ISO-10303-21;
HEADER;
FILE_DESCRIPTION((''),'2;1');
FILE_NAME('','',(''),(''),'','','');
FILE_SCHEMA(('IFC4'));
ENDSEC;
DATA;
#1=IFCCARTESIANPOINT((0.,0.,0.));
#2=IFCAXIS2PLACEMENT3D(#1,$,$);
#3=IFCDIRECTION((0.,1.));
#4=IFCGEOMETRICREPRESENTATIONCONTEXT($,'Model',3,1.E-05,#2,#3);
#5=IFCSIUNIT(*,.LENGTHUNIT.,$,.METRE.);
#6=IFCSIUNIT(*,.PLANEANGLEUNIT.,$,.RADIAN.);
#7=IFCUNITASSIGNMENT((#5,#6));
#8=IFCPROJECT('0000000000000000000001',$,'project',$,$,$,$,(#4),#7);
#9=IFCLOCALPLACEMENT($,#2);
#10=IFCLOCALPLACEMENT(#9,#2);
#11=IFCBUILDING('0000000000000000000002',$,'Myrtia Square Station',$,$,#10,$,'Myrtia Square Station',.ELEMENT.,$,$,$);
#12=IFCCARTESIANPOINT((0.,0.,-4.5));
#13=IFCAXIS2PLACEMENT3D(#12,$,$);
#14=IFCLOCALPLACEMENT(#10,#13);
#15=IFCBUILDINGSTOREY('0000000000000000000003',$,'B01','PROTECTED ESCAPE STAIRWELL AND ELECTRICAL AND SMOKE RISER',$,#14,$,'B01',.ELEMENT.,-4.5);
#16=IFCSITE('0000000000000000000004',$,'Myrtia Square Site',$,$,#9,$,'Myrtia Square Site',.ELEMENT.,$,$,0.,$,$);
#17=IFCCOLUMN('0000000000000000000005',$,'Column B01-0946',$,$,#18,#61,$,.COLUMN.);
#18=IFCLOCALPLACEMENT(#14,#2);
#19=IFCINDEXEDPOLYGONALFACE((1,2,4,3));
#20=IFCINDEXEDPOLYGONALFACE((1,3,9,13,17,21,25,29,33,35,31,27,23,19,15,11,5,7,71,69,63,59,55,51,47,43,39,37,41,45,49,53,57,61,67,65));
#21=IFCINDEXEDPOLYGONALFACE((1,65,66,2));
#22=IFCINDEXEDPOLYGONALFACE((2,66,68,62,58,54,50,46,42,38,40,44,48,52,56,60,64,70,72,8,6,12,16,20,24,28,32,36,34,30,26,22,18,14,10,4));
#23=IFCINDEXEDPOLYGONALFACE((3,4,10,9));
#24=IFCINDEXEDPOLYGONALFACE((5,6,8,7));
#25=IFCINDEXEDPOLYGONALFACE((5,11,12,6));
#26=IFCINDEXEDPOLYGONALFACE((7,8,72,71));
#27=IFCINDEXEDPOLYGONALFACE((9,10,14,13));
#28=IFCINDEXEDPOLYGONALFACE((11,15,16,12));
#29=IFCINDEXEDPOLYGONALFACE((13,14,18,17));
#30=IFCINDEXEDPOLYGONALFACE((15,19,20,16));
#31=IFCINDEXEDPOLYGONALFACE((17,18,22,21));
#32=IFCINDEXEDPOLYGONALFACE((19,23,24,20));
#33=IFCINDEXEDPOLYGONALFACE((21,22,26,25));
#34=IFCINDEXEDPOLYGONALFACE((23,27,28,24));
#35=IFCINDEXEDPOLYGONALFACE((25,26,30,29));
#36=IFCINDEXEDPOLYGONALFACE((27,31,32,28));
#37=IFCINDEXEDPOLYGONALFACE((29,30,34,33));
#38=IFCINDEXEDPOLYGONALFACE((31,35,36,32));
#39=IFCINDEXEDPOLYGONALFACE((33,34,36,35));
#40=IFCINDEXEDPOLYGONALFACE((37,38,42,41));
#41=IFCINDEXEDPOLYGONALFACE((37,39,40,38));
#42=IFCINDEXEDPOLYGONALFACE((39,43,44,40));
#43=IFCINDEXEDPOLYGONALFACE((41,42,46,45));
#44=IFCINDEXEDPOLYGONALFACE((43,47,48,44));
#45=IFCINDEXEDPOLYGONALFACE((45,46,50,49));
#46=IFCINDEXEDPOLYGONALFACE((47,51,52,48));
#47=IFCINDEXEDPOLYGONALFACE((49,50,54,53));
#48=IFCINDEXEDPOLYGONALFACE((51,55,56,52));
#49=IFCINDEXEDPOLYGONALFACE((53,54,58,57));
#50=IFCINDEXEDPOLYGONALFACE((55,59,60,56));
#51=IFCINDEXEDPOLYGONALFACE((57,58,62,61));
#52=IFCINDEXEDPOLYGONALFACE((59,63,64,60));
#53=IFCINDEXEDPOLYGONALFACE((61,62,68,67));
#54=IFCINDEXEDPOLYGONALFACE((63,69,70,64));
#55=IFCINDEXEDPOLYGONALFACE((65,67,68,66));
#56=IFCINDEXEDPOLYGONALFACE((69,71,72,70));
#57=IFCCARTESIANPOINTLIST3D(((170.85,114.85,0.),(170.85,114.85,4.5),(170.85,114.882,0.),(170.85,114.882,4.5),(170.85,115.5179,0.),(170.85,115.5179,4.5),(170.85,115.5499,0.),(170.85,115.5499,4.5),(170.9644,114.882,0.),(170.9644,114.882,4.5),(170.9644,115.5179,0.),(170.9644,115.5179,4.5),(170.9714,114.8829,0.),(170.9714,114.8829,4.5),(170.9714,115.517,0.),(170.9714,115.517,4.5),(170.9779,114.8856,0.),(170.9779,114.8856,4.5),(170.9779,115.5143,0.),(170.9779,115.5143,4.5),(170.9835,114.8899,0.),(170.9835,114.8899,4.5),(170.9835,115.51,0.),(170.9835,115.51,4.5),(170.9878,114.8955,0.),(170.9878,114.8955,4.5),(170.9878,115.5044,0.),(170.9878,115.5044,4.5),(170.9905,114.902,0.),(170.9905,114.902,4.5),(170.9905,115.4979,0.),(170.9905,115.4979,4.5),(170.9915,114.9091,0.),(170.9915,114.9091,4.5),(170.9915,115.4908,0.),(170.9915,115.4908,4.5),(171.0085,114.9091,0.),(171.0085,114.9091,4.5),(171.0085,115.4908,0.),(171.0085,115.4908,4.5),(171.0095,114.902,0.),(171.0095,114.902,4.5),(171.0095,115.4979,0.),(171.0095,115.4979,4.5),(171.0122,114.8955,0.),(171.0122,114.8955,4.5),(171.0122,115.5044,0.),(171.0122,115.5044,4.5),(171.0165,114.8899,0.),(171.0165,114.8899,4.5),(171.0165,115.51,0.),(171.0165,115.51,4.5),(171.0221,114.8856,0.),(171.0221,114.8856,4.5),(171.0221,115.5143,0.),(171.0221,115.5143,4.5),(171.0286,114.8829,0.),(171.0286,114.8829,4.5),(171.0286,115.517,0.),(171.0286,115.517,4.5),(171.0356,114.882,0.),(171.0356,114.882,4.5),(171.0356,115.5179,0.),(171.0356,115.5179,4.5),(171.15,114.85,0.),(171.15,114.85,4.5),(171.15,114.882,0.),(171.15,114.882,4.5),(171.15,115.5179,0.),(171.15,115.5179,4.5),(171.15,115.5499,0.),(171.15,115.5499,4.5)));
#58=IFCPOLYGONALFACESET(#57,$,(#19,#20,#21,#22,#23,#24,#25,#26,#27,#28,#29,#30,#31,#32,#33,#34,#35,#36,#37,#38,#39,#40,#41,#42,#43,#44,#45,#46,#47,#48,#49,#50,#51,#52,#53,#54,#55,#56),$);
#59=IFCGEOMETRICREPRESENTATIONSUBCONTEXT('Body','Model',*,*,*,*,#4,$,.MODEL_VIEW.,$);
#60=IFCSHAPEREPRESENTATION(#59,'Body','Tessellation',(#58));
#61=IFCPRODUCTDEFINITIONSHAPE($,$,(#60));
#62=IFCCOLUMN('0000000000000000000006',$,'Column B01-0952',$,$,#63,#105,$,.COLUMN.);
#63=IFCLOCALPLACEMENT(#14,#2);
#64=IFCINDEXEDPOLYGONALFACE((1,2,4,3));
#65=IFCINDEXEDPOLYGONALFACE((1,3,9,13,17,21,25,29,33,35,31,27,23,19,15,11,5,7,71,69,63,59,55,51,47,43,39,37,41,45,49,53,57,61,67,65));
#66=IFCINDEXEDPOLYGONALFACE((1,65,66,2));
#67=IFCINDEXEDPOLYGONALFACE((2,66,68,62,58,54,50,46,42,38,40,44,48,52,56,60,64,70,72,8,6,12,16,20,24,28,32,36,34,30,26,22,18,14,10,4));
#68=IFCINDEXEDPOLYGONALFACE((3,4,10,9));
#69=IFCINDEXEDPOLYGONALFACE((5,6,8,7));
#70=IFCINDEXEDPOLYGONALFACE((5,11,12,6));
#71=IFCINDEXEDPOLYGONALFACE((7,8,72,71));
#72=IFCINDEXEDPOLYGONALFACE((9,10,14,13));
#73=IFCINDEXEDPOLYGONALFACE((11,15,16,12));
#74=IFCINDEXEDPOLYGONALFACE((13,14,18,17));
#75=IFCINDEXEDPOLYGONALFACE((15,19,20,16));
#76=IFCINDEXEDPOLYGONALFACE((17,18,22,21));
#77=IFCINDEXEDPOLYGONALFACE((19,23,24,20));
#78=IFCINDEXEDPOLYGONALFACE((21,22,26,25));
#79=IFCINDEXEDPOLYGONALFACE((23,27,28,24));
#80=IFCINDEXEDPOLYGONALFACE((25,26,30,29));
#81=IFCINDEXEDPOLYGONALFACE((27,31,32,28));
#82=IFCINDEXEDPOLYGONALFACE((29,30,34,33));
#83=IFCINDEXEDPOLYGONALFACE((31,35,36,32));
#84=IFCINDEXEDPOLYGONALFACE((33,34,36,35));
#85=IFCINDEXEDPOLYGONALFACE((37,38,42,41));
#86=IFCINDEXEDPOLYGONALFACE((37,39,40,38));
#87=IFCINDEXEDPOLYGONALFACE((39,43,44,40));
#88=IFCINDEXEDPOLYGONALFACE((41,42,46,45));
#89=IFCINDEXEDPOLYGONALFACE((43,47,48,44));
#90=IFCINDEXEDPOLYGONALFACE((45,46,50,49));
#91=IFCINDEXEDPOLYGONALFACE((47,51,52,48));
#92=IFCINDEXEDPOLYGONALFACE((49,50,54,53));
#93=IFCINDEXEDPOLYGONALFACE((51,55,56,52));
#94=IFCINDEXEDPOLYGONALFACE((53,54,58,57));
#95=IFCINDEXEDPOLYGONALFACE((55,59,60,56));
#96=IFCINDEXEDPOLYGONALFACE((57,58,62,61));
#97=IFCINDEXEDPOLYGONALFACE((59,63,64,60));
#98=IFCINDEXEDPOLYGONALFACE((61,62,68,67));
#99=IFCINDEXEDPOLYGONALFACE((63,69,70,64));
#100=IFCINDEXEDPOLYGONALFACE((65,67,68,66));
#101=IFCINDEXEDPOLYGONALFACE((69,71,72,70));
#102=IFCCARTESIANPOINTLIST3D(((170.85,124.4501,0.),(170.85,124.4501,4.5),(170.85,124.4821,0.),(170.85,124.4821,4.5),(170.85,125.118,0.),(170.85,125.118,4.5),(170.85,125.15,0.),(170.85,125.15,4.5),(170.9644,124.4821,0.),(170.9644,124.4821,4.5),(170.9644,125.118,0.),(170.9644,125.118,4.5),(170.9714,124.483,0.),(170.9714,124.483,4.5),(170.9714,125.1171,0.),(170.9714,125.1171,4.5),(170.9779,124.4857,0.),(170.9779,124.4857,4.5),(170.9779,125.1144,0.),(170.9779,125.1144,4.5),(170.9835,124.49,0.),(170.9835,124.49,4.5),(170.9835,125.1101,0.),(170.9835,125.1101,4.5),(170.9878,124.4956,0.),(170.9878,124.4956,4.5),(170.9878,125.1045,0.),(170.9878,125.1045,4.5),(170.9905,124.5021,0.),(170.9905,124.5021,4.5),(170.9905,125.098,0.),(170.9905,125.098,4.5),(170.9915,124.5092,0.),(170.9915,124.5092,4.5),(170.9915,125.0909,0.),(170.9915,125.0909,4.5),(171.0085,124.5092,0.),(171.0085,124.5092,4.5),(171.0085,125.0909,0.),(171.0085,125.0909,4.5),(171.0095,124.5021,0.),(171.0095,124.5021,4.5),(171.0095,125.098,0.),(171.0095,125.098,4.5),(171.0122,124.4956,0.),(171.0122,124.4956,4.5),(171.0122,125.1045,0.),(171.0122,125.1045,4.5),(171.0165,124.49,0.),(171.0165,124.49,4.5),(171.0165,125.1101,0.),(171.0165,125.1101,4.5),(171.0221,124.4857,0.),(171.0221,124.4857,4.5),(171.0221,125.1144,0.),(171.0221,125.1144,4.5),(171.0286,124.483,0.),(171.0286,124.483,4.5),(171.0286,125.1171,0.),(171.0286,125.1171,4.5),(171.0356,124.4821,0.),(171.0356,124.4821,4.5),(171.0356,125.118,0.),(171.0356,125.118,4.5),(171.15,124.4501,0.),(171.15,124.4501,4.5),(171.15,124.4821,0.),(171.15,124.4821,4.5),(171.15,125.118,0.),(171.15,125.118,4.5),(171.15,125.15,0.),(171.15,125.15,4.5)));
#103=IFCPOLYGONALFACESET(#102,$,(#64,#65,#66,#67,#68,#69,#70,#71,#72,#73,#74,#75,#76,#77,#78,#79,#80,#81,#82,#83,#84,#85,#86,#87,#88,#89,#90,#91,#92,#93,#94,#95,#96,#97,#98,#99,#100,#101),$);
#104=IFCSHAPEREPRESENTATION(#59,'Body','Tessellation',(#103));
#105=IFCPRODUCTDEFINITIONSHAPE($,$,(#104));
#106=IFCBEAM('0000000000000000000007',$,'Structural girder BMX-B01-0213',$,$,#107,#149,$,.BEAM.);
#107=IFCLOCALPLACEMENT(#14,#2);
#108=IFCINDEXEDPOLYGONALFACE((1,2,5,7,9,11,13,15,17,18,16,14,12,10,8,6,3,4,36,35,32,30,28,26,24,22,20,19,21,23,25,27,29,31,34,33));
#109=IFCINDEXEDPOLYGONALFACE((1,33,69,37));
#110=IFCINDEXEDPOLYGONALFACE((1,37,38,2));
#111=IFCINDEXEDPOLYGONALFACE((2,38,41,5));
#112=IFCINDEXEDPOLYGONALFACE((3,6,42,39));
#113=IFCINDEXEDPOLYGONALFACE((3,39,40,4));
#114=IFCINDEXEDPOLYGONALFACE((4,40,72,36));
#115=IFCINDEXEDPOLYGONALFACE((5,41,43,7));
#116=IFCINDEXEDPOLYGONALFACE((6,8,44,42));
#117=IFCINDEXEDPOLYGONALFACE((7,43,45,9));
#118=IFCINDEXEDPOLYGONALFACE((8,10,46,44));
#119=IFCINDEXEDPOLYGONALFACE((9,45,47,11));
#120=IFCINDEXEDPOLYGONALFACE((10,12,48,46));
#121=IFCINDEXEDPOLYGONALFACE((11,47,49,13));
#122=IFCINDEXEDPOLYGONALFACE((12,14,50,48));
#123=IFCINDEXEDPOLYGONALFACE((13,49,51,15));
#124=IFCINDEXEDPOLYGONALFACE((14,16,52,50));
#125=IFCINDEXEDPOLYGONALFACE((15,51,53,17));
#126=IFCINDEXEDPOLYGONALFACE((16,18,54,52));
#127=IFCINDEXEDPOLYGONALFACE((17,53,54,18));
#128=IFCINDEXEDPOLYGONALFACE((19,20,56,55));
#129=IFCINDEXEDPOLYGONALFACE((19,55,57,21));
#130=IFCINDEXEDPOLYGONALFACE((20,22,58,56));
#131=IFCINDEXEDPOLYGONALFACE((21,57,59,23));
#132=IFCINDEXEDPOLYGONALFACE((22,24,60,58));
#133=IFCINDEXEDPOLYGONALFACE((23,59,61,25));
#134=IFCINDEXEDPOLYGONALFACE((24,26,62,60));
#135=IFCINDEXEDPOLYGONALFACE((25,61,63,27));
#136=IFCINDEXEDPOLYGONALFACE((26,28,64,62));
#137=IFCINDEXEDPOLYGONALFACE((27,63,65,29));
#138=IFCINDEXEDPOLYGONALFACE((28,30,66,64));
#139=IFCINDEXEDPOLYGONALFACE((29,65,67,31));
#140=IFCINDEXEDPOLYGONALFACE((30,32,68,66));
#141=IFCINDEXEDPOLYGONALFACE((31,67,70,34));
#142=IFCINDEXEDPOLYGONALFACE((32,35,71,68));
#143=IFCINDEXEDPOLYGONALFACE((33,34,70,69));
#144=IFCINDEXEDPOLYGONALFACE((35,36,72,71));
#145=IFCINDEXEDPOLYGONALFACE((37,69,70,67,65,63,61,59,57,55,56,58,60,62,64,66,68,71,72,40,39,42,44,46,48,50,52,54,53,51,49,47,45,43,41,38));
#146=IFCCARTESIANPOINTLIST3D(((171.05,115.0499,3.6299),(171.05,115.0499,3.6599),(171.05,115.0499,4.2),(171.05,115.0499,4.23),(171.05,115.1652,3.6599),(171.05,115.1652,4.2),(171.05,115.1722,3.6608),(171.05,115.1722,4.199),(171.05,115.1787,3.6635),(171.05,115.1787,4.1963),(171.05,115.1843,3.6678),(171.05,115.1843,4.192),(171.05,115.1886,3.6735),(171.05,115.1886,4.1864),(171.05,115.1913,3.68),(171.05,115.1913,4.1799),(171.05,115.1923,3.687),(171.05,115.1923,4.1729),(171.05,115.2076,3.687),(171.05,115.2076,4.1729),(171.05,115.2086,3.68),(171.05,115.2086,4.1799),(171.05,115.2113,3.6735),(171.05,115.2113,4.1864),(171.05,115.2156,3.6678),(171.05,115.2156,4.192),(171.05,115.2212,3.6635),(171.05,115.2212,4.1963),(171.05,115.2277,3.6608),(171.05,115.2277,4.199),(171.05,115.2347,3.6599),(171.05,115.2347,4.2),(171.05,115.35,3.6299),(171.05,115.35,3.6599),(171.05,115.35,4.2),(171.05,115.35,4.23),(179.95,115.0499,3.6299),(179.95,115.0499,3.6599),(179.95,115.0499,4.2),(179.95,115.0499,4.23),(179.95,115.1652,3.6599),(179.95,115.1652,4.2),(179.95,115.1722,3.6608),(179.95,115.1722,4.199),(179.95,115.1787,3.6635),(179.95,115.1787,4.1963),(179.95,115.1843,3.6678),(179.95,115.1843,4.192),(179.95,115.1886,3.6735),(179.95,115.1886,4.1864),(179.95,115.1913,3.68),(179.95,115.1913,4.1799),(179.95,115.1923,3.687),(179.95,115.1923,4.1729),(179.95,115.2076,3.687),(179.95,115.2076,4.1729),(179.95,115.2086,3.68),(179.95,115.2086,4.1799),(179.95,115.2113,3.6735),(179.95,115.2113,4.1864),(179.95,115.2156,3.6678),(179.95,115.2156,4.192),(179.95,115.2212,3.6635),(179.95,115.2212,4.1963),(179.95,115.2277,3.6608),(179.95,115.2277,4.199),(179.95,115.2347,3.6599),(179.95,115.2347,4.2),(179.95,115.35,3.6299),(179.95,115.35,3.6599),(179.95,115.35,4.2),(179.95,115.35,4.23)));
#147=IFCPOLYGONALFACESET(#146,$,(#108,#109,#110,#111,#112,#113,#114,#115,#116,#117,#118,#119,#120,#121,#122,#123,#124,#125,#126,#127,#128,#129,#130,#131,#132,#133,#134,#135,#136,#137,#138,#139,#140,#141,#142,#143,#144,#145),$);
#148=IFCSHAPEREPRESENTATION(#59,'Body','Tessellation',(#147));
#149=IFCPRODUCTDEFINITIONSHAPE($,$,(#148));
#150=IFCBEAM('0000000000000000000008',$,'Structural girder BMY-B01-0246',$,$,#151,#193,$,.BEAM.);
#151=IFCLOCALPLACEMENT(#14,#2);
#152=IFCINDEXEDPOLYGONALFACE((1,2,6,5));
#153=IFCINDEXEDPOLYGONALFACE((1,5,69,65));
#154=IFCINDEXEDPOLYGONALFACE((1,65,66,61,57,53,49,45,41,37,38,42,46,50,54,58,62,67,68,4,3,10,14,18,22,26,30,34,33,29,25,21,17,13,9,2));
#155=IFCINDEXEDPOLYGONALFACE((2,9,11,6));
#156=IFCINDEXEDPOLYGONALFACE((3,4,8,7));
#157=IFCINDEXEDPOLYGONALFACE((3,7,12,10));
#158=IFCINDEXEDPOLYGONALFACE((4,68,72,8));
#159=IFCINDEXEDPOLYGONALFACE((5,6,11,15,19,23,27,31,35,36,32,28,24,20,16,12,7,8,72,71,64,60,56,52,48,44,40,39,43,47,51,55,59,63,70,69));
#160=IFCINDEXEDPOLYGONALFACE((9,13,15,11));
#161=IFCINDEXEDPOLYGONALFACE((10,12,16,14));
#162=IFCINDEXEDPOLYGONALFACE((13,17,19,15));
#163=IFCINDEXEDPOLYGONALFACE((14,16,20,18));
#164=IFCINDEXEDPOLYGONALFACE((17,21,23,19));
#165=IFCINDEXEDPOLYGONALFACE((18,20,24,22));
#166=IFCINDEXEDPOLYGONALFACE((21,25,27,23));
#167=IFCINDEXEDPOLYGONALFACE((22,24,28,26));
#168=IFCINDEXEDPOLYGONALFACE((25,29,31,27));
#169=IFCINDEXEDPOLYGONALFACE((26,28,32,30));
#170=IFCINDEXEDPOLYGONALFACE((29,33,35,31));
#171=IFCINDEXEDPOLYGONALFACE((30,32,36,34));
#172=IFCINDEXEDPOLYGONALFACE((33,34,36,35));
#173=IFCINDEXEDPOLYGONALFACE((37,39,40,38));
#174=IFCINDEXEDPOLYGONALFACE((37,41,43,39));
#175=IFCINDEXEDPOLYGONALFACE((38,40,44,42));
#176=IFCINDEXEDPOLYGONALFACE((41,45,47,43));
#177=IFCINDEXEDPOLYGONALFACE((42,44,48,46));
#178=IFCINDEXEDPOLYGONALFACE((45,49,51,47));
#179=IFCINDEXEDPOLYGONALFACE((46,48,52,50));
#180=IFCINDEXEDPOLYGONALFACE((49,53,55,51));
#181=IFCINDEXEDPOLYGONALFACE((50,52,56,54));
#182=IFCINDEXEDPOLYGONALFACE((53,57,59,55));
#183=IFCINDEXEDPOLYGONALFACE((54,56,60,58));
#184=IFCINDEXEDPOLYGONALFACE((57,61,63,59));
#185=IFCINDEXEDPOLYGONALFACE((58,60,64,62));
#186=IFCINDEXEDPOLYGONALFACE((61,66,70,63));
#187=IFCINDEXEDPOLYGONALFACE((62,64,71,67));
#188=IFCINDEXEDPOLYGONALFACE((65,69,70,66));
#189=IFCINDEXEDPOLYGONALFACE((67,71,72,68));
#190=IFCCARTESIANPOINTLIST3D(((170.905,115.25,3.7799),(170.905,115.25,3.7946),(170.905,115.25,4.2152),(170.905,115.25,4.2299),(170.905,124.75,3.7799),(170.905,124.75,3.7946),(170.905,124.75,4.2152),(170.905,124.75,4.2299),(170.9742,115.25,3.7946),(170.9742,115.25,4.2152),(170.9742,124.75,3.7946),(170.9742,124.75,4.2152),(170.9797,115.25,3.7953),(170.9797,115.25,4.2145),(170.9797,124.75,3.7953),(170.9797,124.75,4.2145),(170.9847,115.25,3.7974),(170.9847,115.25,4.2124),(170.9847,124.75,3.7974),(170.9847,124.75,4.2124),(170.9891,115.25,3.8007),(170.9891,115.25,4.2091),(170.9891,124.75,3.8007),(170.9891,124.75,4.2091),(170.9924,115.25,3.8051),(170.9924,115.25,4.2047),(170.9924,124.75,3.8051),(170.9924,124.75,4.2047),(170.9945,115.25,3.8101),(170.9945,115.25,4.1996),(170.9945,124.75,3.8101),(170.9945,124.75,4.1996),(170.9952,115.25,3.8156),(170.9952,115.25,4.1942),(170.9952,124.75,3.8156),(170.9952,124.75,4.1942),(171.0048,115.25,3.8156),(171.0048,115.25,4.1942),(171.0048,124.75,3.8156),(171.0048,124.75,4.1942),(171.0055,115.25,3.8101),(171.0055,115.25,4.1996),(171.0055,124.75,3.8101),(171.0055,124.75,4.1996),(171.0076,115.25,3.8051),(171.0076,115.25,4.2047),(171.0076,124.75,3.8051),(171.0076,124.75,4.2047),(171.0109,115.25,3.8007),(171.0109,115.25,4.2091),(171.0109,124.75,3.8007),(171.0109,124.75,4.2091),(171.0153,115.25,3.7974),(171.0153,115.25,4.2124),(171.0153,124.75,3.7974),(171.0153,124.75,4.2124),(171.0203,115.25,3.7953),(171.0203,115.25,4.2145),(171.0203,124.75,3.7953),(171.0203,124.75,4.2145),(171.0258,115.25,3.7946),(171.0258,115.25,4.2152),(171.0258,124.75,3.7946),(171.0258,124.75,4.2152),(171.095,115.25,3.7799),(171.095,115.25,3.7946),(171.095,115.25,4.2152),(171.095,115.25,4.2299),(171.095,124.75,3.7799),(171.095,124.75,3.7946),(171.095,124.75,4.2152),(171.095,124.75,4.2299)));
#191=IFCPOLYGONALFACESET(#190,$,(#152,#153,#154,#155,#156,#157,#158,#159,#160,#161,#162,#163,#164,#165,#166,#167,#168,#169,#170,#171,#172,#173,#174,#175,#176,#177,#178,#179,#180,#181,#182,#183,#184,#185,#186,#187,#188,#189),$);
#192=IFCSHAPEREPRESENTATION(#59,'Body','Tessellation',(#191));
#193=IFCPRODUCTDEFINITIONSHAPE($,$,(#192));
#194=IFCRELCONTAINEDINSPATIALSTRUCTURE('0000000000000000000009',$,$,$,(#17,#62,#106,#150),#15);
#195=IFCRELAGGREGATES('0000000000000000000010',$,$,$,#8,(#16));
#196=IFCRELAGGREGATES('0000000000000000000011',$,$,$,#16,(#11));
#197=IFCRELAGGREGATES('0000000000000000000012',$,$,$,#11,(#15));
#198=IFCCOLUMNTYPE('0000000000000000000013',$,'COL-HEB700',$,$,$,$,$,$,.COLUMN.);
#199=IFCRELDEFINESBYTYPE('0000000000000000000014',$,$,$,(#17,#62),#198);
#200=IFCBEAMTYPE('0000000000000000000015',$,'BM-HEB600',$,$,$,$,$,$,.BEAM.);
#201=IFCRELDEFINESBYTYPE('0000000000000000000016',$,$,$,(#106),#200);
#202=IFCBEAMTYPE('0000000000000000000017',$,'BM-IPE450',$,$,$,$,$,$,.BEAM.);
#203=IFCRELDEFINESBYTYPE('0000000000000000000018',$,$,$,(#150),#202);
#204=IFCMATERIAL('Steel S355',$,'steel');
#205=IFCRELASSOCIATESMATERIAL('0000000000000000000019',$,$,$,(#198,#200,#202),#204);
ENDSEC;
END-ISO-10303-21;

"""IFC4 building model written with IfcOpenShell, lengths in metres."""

from ifc_helpers import new_model, si_unit, direction, frame, origin, origin_2d, place, context, subcontext, project, spatial, i_section, extrude, material, material_profile, profile_set, type_object, element, save


model = new_model("IFC4")

# Units and contexts
model_context = context("Model", 3, precision=1e-05, world=origin(), true_north=direction((0.0, 1.0)))
body_context = subcontext(model_context, "Body", "Model", "MODEL_VIEW")
ifc_project = project(units=[si_unit("LENGTHUNIT", "METRE"), si_unit("PLANEANGLEUNIT", "RADIAN")], contexts=[model_context])

# Site, building, storey
site_placement = place(None, origin())
site = spatial("IfcSite", under=ifc_project, at=site_placement, Name="Myrtia Square Site", LongName="Myrtia Square Site", CompositionType="ELEMENT", RefElevation=0.0)
building_placement = place(site_placement, origin())
building = spatial("IfcBuilding", under=site, at=building_placement, Name="Myrtia Square Station", LongName="Myrtia Square Station", CompositionType="ELEMENT")
storey_placement = place(building_placement, frame((0.0, 0.0, -4.5)))
storey = spatial("IfcBuildingStorey", under=building, at=storey_placement, Name="B01", Description="PROTECTED ESCAPE STAIRWELL AND ELECTRICAL AND SMOKE RISER", LongName="B01", CompositionType="ELEMENT", Elevation=-4.5)

# Columns
ifc_material_1 = material(Name="Steel S355", Category="steel")
ifc_material_profile_1 = material_profile(ifc_material_1, i_section(OverallWidth=0.3, OverallDepth=0.7, WebThickness=0.0171, FlangeThickness=0.032, FilletRadius=0.0271, at=origin_2d()), Name="HEB 700")
ifc_profile_set_1 = profile_set([ifc_material_profile_1], Name="Steel S355")
column_type = type_object("IfcColumnType", Name="COL-HEB700", PredefinedType="COLUMN", material=ifc_profile_set_1)
for number, where, z_axis, x_axis, name in (
    (1, (171.0, 115.2, 0.0), (0.0, 0.0, 1.0), (1.0, 0.0, 0.0), "Column B01-0946"),
    (2, (171.0, 124.8, 0.0), (0.0, 0.0, 1.0), (1.0, 0.0, 0.0), "Column B01-0952"),
):
    element("IfcColumn", number, at=place(storey_placement, frame(where, z_axis=z_axis, x_axis=x_axis)), inside=storey, type_object=column_type, Name=name, PredefinedType="COLUMN", context=body_context, shape_type="SweptSolid", body=[
        extrude(i_section(OverallWidth=0.3, OverallDepth=0.7, WebThickness=0.0171, FlangeThickness=0.032, FilletRadius=0.0271, at=origin_2d()), origin(), (0.0, 0.0, 1.0), 4.5),
    ])

# Beams
ifc_material_profile_2 = material_profile(ifc_material_1, i_section(OverallWidth=0.3, OverallDepth=0.6001, WebThickness=0.0154, FlangeThickness=0.03, FilletRadius=0.0271, at=origin_2d()), Name="HEB 600")
ifc_profile_set_2 = profile_set([ifc_material_profile_2], Name="Steel S355")
beam_type_1 = type_object("IfcBeamType", Name="BM-HEB600", PredefinedType="BEAM", material=ifc_profile_set_2)
beam_1_placement = place(storey_placement, frame((171.05, 115.2, 3.9299), z_axis=(1.0, 0.0, 0.0), x_axis=(0.0, 1.0, 0.0)))
element("IfcBeam", 3, at=beam_1_placement, inside=storey, type_object=beam_type_1, Name="Structural girder BMX-B01-0213", PredefinedType="BEAM", context=body_context, shape_type="SweptSolid", body=[
    extrude(i_section(OverallWidth=0.3, OverallDepth=0.6001, WebThickness=0.0154, FlangeThickness=0.03, FilletRadius=0.0271, at=origin_2d()), origin(), (0.0, 0.0, 1.0), 8.8999),
])
ifc_material_profile_3 = material_profile(ifc_material_1, i_section(OverallWidth=0.1899, OverallDepth=0.45, WebThickness=0.0095, FlangeThickness=0.0146, FilletRadius=0.021, at=origin_2d()), Name="IPE 450")
ifc_profile_set_3 = profile_set([ifc_material_profile_3], Name="Steel S355")
beam_type_2 = type_object("IfcBeamType", Name="BM-IPE450", PredefinedType="BEAM", material=ifc_profile_set_3)
beam_2_placement = place(storey_placement, frame((171.0, 115.25, 4.0049), z_axis=(0.0, 1.0, 0.0), x_axis=(-1.0, 0.0, 0.0)))
element("IfcBeam", 4, at=beam_2_placement, inside=storey, type_object=beam_type_2, Name="Structural girder BMY-B01-0246", PredefinedType="BEAM", context=body_context, shape_type="SweptSolid", body=[
    extrude(i_section(OverallWidth=0.1899, OverallDepth=0.45, WebThickness=0.0095, FlangeThickness=0.0146, FilletRadius=0.021, at=origin_2d()), origin(), (0.0, 0.0, 1.0), 9.5),
])

save(model, "model.ifc")
